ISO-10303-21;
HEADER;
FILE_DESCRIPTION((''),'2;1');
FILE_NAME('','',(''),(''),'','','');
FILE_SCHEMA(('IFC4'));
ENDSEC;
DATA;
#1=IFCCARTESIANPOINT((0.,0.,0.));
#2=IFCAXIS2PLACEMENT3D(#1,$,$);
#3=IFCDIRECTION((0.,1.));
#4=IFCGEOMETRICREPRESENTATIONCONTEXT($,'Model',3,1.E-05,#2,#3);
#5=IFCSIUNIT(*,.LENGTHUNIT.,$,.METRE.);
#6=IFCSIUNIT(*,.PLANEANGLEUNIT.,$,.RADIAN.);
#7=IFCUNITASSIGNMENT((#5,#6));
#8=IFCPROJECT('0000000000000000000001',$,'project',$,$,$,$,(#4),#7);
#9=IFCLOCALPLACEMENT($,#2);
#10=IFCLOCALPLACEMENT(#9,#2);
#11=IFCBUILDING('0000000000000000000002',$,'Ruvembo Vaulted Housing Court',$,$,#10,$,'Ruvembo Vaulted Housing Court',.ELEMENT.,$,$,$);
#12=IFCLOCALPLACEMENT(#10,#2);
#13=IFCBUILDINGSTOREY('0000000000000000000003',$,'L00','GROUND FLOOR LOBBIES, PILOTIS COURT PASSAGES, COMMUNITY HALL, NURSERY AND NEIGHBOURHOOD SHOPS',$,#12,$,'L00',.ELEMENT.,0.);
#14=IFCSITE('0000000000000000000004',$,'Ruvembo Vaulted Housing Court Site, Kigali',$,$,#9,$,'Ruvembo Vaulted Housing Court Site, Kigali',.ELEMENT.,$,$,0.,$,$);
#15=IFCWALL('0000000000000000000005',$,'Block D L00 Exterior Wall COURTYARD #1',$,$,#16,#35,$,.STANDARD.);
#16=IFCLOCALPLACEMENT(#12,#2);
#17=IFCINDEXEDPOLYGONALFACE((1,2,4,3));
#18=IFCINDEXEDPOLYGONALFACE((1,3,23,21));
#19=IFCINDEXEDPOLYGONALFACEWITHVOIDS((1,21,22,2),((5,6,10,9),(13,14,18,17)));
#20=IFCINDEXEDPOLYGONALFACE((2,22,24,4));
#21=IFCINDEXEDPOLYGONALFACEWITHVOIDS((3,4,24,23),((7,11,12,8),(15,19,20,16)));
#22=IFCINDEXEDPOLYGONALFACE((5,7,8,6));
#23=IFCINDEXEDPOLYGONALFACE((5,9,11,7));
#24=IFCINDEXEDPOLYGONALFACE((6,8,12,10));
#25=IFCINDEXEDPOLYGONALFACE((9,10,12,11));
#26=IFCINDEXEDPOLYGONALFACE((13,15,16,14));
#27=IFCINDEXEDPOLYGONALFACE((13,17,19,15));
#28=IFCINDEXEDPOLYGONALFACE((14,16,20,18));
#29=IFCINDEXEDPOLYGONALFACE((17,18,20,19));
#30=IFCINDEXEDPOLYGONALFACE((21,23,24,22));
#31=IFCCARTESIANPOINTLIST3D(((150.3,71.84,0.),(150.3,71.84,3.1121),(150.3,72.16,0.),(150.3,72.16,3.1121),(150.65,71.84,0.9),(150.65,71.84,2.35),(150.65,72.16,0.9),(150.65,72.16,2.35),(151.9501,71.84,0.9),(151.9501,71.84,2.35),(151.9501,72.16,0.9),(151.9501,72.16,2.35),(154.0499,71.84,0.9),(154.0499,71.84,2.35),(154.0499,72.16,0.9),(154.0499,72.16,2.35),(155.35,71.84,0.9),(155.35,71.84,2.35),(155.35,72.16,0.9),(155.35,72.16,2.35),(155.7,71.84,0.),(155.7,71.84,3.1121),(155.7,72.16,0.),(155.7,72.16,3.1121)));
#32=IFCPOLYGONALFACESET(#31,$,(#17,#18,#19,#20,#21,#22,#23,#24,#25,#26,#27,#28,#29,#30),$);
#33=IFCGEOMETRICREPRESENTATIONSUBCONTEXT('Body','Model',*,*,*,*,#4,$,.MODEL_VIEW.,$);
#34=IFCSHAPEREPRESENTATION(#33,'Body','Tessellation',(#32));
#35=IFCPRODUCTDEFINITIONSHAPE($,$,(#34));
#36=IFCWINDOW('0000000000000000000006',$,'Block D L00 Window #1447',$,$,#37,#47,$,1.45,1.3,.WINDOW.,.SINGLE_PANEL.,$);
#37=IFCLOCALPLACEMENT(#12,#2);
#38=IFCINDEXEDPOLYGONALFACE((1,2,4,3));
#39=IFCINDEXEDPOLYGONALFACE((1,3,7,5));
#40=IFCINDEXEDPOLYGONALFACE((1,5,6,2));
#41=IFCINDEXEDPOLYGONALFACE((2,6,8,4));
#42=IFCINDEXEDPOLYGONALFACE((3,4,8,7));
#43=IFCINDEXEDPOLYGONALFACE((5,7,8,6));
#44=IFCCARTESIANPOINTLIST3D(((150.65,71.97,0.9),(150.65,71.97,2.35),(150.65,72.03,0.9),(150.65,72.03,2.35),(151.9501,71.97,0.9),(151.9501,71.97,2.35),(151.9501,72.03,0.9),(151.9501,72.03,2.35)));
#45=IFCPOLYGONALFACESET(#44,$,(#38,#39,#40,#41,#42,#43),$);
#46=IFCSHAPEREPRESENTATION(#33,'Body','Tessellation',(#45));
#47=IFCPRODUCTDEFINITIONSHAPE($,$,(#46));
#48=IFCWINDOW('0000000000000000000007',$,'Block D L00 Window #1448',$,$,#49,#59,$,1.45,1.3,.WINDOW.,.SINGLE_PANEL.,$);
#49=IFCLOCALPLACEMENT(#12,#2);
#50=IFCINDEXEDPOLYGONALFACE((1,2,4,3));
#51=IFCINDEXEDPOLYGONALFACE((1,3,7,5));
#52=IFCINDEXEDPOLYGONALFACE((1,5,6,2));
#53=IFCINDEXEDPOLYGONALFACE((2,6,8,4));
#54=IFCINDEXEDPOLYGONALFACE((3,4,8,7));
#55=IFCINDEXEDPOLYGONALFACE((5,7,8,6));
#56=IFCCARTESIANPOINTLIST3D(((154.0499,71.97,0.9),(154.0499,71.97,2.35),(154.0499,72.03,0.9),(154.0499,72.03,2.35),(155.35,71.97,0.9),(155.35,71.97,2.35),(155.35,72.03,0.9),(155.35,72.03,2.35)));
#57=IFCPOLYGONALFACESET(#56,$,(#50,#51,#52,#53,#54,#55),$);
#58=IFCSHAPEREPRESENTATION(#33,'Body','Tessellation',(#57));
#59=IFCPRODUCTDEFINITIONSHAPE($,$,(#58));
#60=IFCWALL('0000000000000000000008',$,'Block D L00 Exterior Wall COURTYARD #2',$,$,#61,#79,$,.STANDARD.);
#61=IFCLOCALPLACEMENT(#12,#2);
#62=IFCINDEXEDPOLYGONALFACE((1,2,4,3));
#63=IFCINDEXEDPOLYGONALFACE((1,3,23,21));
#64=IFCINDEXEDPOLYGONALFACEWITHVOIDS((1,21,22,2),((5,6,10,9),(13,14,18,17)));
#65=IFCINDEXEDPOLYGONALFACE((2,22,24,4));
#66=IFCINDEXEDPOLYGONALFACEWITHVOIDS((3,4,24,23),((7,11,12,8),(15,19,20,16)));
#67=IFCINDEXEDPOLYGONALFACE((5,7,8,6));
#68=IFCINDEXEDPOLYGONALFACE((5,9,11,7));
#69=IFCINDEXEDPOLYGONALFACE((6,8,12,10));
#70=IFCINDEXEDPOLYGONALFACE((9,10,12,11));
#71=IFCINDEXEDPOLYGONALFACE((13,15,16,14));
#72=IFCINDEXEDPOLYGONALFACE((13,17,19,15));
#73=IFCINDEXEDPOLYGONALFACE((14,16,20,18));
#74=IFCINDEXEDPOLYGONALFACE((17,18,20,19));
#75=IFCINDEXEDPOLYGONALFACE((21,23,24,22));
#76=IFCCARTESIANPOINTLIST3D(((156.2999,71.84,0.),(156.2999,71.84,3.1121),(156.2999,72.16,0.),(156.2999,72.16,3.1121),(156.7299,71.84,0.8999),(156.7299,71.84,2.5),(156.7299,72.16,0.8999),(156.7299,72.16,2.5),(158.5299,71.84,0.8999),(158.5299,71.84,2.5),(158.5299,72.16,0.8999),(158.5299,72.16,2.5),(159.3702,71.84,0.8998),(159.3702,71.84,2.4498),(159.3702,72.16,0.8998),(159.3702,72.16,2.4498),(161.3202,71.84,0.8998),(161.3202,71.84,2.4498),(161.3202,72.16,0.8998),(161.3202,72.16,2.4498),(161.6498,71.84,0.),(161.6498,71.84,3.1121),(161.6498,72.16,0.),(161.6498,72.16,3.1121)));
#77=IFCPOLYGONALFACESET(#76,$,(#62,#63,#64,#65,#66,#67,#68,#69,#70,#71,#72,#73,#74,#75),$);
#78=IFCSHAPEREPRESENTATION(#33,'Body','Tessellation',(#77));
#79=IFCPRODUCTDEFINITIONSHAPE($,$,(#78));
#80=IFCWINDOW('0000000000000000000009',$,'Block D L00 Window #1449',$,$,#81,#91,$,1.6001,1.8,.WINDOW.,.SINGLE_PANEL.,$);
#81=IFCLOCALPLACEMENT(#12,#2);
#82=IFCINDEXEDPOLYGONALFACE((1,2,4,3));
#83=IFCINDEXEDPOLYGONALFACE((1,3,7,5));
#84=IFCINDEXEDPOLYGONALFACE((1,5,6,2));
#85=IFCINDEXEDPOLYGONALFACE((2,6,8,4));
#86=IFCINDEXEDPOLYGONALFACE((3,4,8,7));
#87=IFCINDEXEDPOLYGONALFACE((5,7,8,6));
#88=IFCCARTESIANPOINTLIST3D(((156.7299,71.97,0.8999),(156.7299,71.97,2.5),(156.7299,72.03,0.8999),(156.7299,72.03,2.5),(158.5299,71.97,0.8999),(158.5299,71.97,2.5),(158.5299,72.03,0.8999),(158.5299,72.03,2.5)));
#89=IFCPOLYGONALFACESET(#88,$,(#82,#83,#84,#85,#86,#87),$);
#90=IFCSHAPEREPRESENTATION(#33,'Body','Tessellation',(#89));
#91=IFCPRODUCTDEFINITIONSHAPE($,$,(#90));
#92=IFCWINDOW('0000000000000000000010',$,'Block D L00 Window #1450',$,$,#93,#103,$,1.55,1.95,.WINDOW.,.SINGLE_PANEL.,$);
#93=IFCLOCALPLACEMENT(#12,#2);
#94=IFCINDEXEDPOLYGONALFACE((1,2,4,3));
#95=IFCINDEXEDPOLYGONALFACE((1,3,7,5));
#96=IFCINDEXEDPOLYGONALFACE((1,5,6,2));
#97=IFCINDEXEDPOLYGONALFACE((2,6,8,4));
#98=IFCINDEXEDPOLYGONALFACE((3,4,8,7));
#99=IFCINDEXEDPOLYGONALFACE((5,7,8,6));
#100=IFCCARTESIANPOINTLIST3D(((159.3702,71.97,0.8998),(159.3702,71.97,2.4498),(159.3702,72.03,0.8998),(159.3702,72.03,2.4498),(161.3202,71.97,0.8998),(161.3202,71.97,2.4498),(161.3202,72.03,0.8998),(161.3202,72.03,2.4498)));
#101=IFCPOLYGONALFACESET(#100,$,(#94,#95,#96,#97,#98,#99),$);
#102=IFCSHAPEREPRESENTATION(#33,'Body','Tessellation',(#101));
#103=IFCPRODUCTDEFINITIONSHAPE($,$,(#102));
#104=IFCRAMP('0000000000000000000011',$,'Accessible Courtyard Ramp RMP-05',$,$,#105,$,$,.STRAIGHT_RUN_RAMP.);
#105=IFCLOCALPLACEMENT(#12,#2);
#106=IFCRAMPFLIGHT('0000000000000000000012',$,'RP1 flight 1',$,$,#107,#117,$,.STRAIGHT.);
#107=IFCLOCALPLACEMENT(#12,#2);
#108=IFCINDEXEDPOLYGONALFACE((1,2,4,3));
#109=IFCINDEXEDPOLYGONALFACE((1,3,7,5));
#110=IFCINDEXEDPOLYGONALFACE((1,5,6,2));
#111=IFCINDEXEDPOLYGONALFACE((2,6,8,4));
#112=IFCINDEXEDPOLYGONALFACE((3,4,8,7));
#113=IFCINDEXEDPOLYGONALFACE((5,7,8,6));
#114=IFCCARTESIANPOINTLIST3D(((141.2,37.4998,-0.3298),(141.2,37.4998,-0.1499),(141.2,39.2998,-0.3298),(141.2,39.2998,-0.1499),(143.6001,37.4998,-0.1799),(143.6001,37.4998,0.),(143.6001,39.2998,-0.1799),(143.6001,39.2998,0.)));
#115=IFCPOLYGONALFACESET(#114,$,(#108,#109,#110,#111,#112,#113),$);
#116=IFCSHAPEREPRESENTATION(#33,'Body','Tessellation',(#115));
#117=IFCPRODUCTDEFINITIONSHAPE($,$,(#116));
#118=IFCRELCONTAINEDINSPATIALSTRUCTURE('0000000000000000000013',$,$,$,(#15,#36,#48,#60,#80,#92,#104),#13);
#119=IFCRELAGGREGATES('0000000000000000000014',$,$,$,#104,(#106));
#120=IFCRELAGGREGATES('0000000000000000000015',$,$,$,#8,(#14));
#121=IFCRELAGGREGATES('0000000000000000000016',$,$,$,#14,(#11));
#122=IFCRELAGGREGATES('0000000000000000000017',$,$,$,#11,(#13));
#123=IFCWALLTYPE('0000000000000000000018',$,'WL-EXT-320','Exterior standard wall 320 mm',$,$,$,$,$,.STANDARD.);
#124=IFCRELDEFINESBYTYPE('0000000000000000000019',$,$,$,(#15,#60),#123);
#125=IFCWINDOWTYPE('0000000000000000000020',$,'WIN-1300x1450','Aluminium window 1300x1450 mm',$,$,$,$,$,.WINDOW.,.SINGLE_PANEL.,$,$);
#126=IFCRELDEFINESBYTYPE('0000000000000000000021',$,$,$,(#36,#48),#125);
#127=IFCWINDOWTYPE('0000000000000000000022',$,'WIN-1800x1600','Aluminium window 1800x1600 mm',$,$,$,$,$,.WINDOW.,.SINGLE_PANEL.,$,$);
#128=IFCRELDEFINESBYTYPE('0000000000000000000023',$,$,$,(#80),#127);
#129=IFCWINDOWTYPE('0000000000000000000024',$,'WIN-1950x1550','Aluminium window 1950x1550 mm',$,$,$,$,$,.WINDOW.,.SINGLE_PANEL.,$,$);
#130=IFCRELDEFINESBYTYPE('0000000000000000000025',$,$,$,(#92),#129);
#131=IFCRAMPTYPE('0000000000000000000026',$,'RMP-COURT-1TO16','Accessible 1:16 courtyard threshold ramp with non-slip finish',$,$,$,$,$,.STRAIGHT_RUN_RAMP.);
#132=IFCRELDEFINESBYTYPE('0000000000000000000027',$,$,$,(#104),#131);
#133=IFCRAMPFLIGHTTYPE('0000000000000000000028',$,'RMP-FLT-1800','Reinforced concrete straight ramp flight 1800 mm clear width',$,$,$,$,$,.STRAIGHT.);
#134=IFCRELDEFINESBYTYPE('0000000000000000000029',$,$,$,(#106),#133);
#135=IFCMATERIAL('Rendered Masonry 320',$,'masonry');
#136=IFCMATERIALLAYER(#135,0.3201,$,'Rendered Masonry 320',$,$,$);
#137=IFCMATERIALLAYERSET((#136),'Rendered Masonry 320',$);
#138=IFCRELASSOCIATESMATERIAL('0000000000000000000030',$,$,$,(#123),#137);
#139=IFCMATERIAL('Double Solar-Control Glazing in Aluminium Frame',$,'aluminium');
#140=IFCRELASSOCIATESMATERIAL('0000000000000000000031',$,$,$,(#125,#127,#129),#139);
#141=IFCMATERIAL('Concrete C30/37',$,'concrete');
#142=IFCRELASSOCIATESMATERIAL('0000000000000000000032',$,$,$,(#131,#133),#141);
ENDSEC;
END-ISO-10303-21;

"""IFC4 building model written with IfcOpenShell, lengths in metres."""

from ifc_helpers import new_model, si_unit, direction, frame, frame_2d, origin, place, context, subcontext, project, spatial, polyline, rectangle, outline, extrude, material, layer, layer_set, type_object, element, fill, aggregate, save


model = new_model("IFC4")

# Units and contexts
model_context = context("Model", 3, precision=1e-05, world=origin(), true_north=direction((0.0, 1.0)))
body_context = subcontext(model_context, "Body", "Model", "MODEL_VIEW")
ifc_project = project(units=[si_unit("LENGTHUNIT", "METRE"), si_unit("PLANEANGLEUNIT", "RADIAN")], contexts=[model_context])

# Site, building, storey
site_placement = place(None, origin())
site = spatial("IfcSite", under=ifc_project, at=site_placement, Name="Ruvembo Vaulted Housing Court Site, Kigali", LongName="Ruvembo Vaulted Housing Court Site, Kigali", CompositionType="ELEMENT", RefElevation=0.0)
building_placement = place(site_placement, origin())
building = spatial("IfcBuilding", under=site, at=building_placement, Name="Ruvembo Vaulted Housing Court", LongName="Ruvembo Vaulted Housing Court", CompositionType="ELEMENT")
storey_placement = place(building_placement, origin())
storey = spatial("IfcBuildingStorey", under=building, at=storey_placement, Name="L00", Description="GROUND FLOOR LOBBIES, PILOTIS COURT PASSAGES, COMMUNITY HALL, NURSERY AND NEIGHBOURHOOD SHOPS", LongName="L00", CompositionType="ELEMENT", Elevation=0.0)

# Walls, openings, windows
ifc_material_1 = material(Name="Rendered Masonry 320", Category="masonry")
ifc_layer_1 = layer(ifc_material_1, 0.3201, Name="Rendered Masonry 320")
ifc_layer_set_1 = layer_set([ifc_layer_1], Name="Rendered Masonry 320")
wall_type = type_object("IfcWallType", Name="WL-EXT-320", Description="Exterior standard wall 320 mm", PredefinedType="STANDARD", material=ifc_layer_set_1)
wall_1_placement = place(storey_placement, frame((150.3, 72.0, 0.0), z_axis=(0.0, 0.0, 1.0), x_axis=(1.0, 0.0, 0.0)))
wall_1 = element("IfcWall", 1, at=wall_1_placement, inside=storey, type_object=wall_type, Name="Block D L00 Exterior Wall COURTYARD #1", PredefinedType="STANDARD", context=body_context, shape_type="SweptSolid", body=[
    extrude(rectangle(XDim=5.3999, YDim=0.3201, at=frame_2d((2.7, 0.0))), origin(), (0.0, 0.0, 1.0), 3.1121),
])
opening_1_placement = place(wall_1_placement, frame((0.3501, 0.0, 0.8999)))
opening_1 = element("IfcOpeningElement", 2, at=opening_1_placement, cuts=wall_1, PredefinedType="OPENING", context=body_context, shape_type="SweptSolid", body=[
    extrude(rectangle(XDim=1.3, YDim=1.45, at=frame_2d((0.6499, 0.7251))), frame((0.0, 0.1699, 0.0), z_axis=(0.0, -1.0, 0.0), x_axis=(1.0, 0.0, 0.0)), (0.0, 0.0, 1.0), 0.3401),
])
opening_2_placement = place(wall_1_placement, frame((3.75, 0.0, 0.8999)))
opening_2 = element("IfcOpeningElement", 3, at=opening_2_placement, cuts=wall_1, PredefinedType="OPENING", context=body_context, shape_type="SweptSolid", body=[
    extrude(rectangle(XDim=1.3, YDim=1.45, at=frame_2d((0.6499, 0.7251))), frame((0.0, 0.1699, 0.0), z_axis=(0.0, -1.0, 0.0), x_axis=(1.0, 0.0, 0.0)), (0.0, 0.0, 1.0), 0.3401),
])
ifc_material_2 = material(Name="Double Solar-Control Glazing in Aluminium Frame", Category="aluminium")
window_type_1 = type_object("IfcWindowType", Name="WIN-1300x1450", Description="Aluminium window 1300x1450 mm", PartitioningType="SINGLE_PANEL", PredefinedType="WINDOW", material=ifc_material_2)
window_1_placement = place(opening_1_placement, origin())
window_1 = element("IfcWindow", 4, at=window_1_placement, inside=storey, type_object=window_type_1, Name="Block D L00 Window #1447", OverallHeight=1.45, OverallWidth=1.3, PartitioningType="SINGLE_PANEL", PredefinedType="WINDOW", context=body_context, shape_type="SweptSolid", body=[
    extrude(rectangle(XDim=1.3, YDim=1.45, at=frame_2d((0.6499, 0.7251))), frame((0.0, 0.03, 0.0), z_axis=(0.0, -1.0, 0.0), x_axis=(1.0, 0.0, 0.0)), (0.0, 0.0, 1.0), 0.0601),
])
fill(opening_1, window_1)
window_2_placement = place(opening_2_placement, origin())
window_2 = element("IfcWindow", 5, at=window_2_placement, inside=storey, type_object=window_type_1, Name="Block D L00 Window #1448", OverallHeight=1.45, OverallWidth=1.3, PartitioningType="SINGLE_PANEL", PredefinedType="WINDOW", context=body_context, shape_type="SweptSolid", body=[
    extrude(rectangle(XDim=1.3, YDim=1.45, at=frame_2d((0.6499, 0.7251))), frame((0.0, 0.03, 0.0), z_axis=(0.0, -1.0, 0.0), x_axis=(1.0, 0.0, 0.0)), (0.0, 0.0, 1.0), 0.0601),
])
fill(opening_2, window_2)
wall_2_placement = place(storey_placement, frame((156.3, 72.0, 0.0), z_axis=(0.0, 0.0, 1.0), x_axis=(1.0, 0.0, 0.0)))
wall_2 = element("IfcWall", 6, at=wall_2_placement, inside=storey, type_object=wall_type, Name="Block D L00 Exterior Wall COURTYARD #2", PredefinedType="STANDARD", context=body_context, shape_type="SweptSolid", body=[
    extrude(rectangle(XDim=5.3499, YDim=0.3201, at=frame_2d((2.6748, 0.0))), origin(), (0.0, 0.0, 1.0), 3.1121),
])
opening_3_placement = place(wall_2_placement, frame((0.4299, 0.0, 0.8999)))
opening_3 = element("IfcOpeningElement", 7, at=opening_3_placement, cuts=wall_2, PredefinedType="OPENING", context=body_context, shape_type="SweptSolid", body=[
    extrude(rectangle(XDim=1.8, YDim=1.6001, at=frame_2d((0.8999, 0.8))), frame((0.0, 0.1699, 0.0), z_axis=(0.0, -1.0, 0.0), x_axis=(1.0, 0.0, 0.0)), (0.0, 0.0, 1.0), 0.3401),
])
opening_4_placement = place(wall_2_placement, frame((3.0701, 0.0, 0.8999)))
opening_4 = element("IfcOpeningElement", 8, at=opening_4_placement, cuts=wall_2, PredefinedType="OPENING", context=body_context, shape_type="SweptSolid", body=[
    extrude(rectangle(XDim=1.95, YDim=1.55, at=frame_2d((0.9751, 0.7749))), frame((0.0, 0.1699, 0.0), z_axis=(0.0, -1.0, 0.0), x_axis=(1.0, 0.0, 0.0)), (0.0, 0.0, 1.0), 0.3401),
])
window_type_2 = type_object("IfcWindowType", Name="WIN-1800x1600", Description="Aluminium window 1800x1600 mm", PartitioningType="SINGLE_PANEL", PredefinedType="WINDOW", material=ifc_material_2)
window_3_placement = place(opening_3_placement, origin())
window_3 = element("IfcWindow", 9, at=window_3_placement, inside=storey, type_object=window_type_2, Name="Block D L00 Window #1449", OverallHeight=1.6001, OverallWidth=1.8, PartitioningType="SINGLE_PANEL", PredefinedType="WINDOW", context=body_context, shape_type="SweptSolid", body=[
    extrude(rectangle(XDim=1.8, YDim=1.6001, at=frame_2d((0.8999, 0.8))), frame((0.0, 0.03, 0.0), z_axis=(0.0, -1.0, 0.0), x_axis=(1.0, 0.0, 0.0)), (0.0, 0.0, 1.0), 0.0601),
])
fill(opening_3, window_3)
window_type_3 = type_object("IfcWindowType", Name="WIN-1950x1550", Description="Aluminium window 1950x1550 mm", PartitioningType="SINGLE_PANEL", PredefinedType="WINDOW", material=ifc_material_2)
window_4_placement = place(opening_4_placement, origin())
window_4 = element("IfcWindow", 10, at=window_4_placement, inside=storey, type_object=window_type_3, Name="Block D L00 Window #1450", OverallHeight=1.55, OverallWidth=1.95, PartitioningType="SINGLE_PANEL", PredefinedType="WINDOW", context=body_context, shape_type="SweptSolid", body=[
    extrude(rectangle(XDim=1.95, YDim=1.55, at=frame_2d((0.9751, 0.7749))), frame((0.0, 0.03, 0.0), z_axis=(0.0, -1.0, 0.0), x_axis=(1.0, 0.0, 0.0)), (0.0, 0.0, 1.0), 0.0601),
])
fill(opening_4, window_4)

# Ramp, ramp flight
ifc_material_3 = material(Name="Concrete C30/37", Category="concrete")
ramp_type = type_object("IfcRampType", Name="RMP-COURT-1TO16", Description="Accessible 1:16 courtyard threshold ramp with non-slip finish", PredefinedType="STRAIGHT_RUN_RAMP", material=ifc_material_3)
ramp_placement = place(storey_placement, origin())
ramp = element("IfcRamp", 11, at=ramp_placement, inside=storey, type_object=ramp_type, Name="Accessible Courtyard Ramp RMP-05", PredefinedType="STRAIGHT_RUN_RAMP")
ramp_flight_type = type_object("IfcRampFlightType", Name="RMP-FLT-1800", Description="Reinforced concrete straight ramp flight 1800 mm clear width", PredefinedType="STRAIGHT", material=ifc_material_3)
ramp_flight_placement = place(storey_placement, frame((141.2, 38.3999, -0.1499), z_axis=(0.0, 0.0, 1.0), x_axis=(1.0, 0.0, 0.0)))
ramp_flight = element("IfcRampFlight", 12, at=ramp_flight_placement, type_object=ramp_flight_type, Name="RP1 flight 1", PredefinedType="STRAIGHT", context=body_context, shape_type="SweptSolid", body=[
    extrude(outline(polyline([(0.0, 0.0), (2.4001, 0.1499), (2.4001, -0.03), (0.0, -0.1799), (0.0, 0.0)])), frame((0.0, 0.8999, 0.0), z_axis=(0.0, -1.0, 0.0), x_axis=(1.0, 0.0, 0.0)), (0.0, 0.0, 1.0), 1.8),
])
aggregate(ramp, [ramp_flight])

save(model, "model.ifc")
